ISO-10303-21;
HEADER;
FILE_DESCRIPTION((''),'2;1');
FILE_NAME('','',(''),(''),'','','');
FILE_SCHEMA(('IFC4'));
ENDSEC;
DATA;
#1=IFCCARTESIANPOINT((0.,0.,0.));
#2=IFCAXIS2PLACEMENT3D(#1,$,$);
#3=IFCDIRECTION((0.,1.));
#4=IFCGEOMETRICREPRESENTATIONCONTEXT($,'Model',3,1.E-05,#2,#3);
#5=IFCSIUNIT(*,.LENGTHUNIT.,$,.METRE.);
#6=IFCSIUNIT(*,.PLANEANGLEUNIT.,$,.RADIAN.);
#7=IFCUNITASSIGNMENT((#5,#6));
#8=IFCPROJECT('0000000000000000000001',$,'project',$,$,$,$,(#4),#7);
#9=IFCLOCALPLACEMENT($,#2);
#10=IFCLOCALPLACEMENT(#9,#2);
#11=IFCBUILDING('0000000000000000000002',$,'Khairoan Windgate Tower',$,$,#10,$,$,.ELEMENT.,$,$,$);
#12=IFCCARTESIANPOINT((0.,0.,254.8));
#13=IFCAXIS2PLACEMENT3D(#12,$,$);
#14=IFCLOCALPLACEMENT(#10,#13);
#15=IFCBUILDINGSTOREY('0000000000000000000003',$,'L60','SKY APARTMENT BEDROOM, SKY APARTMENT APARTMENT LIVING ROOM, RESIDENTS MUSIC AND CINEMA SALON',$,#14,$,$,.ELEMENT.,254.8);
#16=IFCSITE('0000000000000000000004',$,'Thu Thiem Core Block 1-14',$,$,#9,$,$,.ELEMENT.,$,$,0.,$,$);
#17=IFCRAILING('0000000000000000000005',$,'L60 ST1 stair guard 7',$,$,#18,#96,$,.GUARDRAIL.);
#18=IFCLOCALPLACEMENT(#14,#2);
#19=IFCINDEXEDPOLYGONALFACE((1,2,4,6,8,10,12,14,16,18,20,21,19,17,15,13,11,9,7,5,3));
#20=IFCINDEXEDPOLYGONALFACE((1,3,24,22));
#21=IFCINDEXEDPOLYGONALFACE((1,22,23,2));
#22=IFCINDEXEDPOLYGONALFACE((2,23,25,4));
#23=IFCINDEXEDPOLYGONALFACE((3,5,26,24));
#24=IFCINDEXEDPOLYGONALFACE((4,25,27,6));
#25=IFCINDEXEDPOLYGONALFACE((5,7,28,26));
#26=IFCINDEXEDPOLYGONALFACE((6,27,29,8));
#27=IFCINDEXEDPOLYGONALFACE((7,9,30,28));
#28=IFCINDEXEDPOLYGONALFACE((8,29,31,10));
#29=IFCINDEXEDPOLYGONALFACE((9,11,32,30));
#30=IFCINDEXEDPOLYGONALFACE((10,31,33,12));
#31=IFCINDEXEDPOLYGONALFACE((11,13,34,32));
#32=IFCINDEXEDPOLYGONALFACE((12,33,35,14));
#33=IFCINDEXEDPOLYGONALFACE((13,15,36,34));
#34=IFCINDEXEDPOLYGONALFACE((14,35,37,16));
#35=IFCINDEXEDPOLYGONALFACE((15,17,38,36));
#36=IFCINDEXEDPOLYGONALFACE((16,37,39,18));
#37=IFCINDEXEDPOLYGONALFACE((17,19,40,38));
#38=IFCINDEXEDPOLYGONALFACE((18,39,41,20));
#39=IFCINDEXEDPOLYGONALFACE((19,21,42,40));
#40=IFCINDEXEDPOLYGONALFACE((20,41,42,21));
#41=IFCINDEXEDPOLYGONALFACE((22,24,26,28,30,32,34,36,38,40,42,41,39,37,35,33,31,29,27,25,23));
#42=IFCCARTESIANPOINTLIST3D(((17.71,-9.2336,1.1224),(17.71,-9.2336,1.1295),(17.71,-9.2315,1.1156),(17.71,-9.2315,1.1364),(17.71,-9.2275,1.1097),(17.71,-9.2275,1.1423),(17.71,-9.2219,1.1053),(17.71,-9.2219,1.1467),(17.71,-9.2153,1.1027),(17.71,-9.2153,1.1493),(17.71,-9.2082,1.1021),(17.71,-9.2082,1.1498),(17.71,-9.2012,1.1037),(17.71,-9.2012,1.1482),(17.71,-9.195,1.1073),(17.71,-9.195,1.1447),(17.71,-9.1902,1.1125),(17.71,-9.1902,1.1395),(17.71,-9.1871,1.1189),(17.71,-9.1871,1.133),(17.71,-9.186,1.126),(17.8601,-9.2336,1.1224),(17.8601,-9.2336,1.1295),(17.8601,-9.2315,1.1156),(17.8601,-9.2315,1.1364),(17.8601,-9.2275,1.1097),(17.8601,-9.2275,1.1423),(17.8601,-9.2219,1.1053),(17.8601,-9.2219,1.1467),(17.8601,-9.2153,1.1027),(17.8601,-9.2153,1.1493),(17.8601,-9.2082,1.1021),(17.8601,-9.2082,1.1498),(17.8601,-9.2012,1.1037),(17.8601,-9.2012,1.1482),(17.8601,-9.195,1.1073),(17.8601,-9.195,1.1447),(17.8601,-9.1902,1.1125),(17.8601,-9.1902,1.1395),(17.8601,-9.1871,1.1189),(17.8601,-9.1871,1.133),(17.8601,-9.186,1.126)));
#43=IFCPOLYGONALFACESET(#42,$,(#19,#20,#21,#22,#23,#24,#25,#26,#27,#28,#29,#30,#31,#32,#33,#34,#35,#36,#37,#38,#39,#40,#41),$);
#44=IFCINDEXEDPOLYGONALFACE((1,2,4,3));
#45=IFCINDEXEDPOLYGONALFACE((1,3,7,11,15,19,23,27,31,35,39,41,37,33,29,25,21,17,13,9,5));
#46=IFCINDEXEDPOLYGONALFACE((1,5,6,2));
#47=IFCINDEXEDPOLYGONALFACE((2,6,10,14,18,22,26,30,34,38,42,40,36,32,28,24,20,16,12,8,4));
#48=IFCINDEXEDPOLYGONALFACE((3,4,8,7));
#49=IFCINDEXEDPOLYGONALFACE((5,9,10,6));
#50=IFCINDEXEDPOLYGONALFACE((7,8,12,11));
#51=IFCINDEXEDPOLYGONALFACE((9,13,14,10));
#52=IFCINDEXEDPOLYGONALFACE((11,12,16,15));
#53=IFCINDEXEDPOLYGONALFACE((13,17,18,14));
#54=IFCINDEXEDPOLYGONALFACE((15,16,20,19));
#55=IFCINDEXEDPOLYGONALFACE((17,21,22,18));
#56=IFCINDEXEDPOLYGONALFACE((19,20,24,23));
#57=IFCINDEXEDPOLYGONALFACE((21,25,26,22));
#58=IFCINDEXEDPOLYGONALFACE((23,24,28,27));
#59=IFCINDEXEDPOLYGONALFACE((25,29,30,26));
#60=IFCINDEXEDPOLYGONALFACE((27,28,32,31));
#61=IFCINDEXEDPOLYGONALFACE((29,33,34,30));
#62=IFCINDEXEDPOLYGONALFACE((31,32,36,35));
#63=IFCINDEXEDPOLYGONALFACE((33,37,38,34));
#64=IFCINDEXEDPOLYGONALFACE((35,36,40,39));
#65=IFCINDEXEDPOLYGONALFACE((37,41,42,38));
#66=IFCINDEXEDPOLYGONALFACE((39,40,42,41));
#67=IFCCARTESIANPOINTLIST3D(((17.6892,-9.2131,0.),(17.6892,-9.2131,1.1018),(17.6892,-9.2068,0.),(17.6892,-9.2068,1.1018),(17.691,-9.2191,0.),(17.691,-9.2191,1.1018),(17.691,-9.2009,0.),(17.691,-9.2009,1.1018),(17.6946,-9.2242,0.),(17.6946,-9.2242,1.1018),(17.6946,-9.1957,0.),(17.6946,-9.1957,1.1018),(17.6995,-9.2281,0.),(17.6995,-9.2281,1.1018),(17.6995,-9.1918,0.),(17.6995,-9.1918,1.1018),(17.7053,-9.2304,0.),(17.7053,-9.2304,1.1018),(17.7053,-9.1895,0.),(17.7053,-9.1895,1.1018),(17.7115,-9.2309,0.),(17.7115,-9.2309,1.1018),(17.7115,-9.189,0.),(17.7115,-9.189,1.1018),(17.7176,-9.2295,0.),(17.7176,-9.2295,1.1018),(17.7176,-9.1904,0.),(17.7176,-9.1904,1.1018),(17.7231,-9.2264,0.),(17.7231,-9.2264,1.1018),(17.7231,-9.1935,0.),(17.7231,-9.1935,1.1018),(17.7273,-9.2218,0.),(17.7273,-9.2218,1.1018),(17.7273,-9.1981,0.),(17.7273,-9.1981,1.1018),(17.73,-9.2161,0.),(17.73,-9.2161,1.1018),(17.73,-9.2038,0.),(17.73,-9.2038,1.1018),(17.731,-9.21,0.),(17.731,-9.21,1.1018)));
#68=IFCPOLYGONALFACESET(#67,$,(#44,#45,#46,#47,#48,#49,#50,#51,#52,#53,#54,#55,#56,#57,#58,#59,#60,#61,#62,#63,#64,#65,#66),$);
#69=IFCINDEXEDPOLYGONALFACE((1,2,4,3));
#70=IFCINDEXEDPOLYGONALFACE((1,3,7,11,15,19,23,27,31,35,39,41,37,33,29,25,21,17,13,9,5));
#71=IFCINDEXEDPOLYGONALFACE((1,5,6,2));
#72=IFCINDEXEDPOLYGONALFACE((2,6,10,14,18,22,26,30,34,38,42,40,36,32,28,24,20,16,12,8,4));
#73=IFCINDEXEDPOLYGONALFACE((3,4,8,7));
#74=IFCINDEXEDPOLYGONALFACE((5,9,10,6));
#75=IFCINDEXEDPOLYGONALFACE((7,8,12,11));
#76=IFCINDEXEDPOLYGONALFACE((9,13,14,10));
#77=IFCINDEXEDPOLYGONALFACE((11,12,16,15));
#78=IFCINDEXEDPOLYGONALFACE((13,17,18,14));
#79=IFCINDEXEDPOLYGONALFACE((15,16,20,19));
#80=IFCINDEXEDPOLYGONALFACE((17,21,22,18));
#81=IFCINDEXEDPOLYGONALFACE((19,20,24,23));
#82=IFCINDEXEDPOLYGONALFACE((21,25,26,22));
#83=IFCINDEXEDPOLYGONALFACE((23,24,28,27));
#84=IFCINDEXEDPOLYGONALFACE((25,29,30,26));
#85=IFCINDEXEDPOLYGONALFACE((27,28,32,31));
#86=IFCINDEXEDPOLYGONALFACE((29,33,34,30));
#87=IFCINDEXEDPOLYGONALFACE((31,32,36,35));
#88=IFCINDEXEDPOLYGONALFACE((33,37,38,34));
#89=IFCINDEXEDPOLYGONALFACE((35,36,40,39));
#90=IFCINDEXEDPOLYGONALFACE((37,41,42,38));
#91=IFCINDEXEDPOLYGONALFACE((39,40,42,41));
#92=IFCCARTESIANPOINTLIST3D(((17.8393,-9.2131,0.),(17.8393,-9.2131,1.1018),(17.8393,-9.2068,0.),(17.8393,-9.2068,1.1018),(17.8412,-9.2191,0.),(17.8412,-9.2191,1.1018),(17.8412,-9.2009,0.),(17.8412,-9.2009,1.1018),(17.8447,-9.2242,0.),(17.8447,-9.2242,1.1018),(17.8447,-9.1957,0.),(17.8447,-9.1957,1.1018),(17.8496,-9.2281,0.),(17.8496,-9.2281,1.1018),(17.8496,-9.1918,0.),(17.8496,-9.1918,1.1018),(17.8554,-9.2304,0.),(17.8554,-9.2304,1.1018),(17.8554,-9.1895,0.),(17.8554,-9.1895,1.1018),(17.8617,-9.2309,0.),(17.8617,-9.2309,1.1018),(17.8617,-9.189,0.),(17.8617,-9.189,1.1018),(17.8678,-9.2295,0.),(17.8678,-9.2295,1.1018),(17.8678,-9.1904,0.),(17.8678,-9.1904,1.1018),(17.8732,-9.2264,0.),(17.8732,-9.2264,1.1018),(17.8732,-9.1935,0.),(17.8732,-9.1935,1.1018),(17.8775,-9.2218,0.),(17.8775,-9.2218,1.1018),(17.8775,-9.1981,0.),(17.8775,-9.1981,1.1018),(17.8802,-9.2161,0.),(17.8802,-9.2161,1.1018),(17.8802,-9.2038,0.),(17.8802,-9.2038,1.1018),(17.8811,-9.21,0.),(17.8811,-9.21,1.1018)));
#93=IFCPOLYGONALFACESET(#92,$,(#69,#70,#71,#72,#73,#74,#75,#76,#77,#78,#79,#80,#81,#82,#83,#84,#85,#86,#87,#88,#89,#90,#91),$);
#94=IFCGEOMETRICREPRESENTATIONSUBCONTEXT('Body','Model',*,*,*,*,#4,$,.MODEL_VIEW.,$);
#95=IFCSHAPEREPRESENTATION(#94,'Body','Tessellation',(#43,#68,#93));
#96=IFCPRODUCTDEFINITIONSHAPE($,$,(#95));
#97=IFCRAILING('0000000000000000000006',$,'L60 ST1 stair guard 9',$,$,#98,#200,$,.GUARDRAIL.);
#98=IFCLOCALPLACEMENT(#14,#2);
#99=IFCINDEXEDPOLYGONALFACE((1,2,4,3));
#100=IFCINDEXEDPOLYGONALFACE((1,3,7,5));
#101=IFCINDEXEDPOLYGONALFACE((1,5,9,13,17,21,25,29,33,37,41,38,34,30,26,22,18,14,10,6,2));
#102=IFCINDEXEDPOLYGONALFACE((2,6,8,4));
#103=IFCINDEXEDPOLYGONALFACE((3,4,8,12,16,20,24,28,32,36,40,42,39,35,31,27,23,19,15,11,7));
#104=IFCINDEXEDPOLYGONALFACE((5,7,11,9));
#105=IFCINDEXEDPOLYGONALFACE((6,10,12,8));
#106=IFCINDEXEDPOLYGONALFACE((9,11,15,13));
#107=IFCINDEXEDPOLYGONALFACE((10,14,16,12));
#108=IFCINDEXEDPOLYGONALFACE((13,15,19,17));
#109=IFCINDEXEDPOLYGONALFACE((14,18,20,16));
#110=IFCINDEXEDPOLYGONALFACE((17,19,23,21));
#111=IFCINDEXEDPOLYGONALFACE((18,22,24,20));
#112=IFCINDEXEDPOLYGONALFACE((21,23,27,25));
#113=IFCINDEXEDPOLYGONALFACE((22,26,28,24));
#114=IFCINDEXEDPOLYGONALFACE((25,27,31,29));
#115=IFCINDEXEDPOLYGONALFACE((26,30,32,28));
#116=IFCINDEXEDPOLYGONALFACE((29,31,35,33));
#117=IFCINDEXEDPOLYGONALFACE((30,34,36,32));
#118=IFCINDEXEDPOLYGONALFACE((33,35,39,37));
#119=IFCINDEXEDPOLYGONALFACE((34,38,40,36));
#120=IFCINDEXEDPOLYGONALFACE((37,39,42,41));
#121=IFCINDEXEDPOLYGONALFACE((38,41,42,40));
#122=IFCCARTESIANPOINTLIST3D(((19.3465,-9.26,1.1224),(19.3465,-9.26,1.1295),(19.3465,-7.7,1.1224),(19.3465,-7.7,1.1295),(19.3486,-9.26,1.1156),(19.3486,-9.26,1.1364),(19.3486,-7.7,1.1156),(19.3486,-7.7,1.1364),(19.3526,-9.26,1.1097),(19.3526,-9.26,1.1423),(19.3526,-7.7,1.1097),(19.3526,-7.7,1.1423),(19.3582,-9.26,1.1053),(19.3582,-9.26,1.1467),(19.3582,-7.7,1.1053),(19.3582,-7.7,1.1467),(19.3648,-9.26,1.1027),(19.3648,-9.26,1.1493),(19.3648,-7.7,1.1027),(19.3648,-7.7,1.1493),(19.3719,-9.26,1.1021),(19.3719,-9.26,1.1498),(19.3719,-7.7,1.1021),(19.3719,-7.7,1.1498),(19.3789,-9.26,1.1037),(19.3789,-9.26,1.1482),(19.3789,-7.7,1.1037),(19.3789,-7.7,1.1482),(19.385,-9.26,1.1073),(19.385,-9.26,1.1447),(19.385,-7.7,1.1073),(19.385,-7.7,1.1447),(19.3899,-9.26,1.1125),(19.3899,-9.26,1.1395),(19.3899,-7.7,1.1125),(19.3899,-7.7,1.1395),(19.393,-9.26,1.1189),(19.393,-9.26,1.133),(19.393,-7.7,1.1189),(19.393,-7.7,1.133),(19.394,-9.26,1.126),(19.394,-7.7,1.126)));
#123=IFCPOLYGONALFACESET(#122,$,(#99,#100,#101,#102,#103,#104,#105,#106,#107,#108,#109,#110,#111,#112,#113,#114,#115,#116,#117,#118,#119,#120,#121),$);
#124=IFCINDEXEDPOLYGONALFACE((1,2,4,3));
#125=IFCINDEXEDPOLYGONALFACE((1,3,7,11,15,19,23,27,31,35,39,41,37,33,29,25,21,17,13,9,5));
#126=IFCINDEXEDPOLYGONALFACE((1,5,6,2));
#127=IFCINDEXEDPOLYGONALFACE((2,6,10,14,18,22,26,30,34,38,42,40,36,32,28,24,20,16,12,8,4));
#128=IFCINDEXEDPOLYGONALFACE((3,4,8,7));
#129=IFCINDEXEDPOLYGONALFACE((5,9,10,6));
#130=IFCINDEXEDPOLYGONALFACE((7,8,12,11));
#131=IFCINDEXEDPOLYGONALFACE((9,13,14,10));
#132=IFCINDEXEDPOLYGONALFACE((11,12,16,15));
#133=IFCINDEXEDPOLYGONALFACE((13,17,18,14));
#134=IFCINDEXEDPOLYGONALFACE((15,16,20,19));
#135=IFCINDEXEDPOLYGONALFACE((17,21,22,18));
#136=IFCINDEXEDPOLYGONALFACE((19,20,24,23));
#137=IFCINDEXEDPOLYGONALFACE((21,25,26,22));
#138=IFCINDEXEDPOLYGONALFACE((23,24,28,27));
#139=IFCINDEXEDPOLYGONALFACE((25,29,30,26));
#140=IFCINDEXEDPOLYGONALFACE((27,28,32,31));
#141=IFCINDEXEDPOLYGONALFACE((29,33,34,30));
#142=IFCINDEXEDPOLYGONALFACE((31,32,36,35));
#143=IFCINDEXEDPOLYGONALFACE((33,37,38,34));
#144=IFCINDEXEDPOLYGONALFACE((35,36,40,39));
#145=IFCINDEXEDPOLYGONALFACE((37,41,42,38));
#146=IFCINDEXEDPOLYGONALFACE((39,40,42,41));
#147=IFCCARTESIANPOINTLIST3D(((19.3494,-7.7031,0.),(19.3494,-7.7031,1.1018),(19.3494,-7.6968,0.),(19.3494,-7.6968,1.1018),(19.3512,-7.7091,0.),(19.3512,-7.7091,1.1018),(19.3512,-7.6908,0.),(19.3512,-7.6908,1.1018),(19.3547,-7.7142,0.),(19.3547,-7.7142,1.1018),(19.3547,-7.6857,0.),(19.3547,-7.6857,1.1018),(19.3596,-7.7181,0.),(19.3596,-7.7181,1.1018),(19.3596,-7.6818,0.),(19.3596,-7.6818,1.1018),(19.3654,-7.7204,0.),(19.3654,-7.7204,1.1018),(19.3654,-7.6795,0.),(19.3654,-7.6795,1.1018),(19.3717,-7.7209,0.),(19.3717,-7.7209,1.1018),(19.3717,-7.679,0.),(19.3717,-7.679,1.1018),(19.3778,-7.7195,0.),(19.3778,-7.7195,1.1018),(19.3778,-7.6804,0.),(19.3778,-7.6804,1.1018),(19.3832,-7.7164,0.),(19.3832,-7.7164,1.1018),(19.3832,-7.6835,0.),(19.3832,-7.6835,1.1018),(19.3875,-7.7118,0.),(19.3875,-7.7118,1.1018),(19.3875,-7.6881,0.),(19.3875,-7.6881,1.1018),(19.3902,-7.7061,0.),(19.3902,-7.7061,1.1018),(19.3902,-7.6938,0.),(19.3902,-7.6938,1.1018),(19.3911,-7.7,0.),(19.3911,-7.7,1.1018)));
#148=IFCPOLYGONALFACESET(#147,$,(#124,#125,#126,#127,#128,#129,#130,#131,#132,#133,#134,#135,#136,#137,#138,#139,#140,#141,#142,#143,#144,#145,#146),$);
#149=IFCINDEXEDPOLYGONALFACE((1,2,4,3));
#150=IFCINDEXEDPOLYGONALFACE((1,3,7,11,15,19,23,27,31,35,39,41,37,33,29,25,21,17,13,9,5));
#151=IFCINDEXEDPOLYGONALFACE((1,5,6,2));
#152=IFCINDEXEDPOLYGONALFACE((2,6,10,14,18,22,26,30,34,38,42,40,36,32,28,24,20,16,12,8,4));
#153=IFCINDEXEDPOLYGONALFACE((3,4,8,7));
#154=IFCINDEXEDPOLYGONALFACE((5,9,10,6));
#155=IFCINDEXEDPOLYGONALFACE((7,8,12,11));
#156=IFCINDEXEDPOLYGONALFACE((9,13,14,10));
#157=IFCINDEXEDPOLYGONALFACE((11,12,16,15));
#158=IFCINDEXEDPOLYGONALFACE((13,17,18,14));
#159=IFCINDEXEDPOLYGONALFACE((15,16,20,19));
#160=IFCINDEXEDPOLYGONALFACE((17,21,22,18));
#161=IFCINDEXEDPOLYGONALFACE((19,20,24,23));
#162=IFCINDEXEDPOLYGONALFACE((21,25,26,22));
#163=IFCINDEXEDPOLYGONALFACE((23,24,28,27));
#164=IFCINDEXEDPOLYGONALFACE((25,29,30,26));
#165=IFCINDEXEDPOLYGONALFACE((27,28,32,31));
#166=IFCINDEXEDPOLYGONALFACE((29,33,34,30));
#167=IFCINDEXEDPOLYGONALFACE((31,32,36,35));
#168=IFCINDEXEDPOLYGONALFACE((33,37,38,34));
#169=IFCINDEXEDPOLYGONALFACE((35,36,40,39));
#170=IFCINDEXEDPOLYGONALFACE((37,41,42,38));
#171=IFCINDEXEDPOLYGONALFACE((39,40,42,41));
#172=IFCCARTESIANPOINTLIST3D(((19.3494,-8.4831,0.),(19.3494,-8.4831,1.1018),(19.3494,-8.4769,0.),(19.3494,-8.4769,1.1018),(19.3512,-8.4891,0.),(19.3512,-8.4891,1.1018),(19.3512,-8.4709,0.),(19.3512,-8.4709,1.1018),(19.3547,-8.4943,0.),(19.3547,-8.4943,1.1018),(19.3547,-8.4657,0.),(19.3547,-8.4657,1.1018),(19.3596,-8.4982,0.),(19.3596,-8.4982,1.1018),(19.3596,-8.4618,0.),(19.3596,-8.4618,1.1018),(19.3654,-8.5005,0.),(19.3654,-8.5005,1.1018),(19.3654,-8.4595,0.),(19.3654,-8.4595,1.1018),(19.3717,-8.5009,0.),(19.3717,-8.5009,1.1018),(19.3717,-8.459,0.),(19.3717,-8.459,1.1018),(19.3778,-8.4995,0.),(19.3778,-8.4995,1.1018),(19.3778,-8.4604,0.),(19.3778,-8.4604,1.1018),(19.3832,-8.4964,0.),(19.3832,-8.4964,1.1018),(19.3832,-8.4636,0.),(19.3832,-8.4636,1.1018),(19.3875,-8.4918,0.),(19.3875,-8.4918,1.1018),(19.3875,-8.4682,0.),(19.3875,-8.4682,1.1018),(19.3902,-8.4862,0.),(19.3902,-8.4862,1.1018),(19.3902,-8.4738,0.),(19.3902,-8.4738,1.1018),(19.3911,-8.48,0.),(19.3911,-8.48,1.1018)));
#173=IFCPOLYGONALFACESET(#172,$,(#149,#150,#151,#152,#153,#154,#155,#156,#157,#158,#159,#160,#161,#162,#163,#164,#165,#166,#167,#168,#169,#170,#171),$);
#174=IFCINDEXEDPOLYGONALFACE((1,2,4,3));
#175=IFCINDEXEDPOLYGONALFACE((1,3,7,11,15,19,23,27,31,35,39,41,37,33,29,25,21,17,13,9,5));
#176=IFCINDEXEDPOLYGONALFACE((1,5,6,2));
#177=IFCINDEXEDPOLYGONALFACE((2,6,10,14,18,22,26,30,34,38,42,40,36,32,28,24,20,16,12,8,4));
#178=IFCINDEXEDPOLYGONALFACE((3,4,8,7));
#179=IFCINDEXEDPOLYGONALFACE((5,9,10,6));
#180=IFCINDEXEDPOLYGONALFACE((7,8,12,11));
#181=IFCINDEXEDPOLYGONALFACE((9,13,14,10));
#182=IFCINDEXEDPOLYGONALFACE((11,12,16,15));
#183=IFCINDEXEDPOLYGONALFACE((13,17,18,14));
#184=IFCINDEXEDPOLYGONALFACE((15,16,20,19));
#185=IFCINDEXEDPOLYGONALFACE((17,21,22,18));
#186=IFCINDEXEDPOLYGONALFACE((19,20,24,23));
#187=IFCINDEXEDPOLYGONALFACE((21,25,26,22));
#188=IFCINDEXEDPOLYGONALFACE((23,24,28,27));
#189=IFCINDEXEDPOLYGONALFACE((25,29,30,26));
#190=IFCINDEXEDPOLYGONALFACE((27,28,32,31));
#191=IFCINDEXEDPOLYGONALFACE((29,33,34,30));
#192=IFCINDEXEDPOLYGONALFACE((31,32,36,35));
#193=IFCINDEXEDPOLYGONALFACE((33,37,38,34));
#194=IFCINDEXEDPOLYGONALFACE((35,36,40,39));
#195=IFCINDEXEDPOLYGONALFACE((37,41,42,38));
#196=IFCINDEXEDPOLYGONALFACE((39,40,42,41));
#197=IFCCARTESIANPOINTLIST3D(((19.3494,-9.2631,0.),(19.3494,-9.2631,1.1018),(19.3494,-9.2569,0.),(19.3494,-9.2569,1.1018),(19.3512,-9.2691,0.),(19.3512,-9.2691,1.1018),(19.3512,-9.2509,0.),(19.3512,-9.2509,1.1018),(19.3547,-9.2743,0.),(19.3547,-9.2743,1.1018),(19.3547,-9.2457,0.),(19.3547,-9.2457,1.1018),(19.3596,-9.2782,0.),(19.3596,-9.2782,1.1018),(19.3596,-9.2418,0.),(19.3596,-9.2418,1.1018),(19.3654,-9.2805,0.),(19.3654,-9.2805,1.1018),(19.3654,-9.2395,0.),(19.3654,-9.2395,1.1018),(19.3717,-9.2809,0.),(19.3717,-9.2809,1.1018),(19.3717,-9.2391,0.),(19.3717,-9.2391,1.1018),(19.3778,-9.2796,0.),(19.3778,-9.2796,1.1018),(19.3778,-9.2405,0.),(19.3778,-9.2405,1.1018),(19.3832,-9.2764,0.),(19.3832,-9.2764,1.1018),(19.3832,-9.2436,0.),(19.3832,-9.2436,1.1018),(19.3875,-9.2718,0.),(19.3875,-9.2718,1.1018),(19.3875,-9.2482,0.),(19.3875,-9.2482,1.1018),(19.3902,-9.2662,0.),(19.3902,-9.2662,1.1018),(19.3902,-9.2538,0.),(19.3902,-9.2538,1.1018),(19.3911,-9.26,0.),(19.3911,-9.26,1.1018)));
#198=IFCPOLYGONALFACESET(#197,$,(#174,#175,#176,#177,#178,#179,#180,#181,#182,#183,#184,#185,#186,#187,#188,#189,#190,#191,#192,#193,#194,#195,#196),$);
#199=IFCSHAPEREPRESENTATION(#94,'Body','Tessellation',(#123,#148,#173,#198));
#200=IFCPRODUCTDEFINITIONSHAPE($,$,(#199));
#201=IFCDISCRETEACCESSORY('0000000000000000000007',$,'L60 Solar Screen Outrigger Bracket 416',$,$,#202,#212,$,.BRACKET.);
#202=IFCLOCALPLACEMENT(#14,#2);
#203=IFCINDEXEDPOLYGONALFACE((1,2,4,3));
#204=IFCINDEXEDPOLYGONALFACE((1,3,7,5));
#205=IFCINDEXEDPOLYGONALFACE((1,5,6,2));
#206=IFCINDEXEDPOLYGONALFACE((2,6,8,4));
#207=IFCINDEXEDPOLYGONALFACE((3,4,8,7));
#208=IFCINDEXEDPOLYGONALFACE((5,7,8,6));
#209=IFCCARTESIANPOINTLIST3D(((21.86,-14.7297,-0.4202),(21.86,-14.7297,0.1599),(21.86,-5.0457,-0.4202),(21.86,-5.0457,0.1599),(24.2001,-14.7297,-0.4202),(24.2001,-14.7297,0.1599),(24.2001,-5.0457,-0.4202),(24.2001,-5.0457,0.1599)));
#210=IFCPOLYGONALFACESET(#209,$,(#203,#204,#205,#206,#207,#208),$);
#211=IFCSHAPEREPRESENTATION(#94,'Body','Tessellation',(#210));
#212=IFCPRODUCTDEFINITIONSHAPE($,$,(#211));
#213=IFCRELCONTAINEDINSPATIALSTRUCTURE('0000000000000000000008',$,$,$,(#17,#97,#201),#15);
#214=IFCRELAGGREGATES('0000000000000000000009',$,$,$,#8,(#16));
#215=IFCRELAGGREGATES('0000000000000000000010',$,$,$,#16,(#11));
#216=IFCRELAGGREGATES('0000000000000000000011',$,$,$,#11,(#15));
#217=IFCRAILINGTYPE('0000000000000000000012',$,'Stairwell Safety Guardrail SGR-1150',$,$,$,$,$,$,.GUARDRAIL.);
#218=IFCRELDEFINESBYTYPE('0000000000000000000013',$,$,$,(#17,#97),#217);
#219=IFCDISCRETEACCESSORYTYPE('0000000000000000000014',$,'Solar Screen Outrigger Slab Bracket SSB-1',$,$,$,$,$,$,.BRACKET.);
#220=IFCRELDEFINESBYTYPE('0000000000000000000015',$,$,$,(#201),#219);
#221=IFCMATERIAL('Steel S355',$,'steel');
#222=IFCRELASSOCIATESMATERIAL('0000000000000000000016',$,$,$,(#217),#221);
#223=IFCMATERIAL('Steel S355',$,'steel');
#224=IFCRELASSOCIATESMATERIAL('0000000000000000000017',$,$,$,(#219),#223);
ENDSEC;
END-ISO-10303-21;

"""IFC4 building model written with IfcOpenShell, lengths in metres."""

from ifc_helpers import new_model, si_unit, direction, frame, origin, origin_2d, place, context, subcontext, project, spatial, rectangle, circle, extrude, material, type_object, element, save


model = new_model("IFC4")

# Units and contexts
model_context = context("Model", 3, precision=1e-05, world=origin(), true_north=direction((0.0, 1.0)))
body_context = subcontext(model_context, "Body", "Model", "MODEL_VIEW")
ifc_project = project(units=[si_unit("LENGTHUNIT", "METRE"), si_unit("PLANEANGLEUNIT", "RADIAN")], contexts=[model_context])

# Site, building, storey
site_placement = place(None, origin())
site = spatial("IfcSite", under=ifc_project, at=site_placement, Name="Thu Thiem Core Block 1-14", CompositionType="ELEMENT", RefElevation=0.0)
building_placement = place(site_placement, origin())
building = spatial("IfcBuilding", under=site, at=building_placement, Name="Khairoan Windgate Tower", CompositionType="ELEMENT")
storey_placement = place(building_placement, frame((0.0, 0.0, 254.8)))
storey = spatial("IfcBuildingStorey", under=building, at=storey_placement, Name="L60", Description="SKY APARTMENT BEDROOM, SKY APARTMENT APARTMENT LIVING ROOM, RESIDENTS MUSIC AND CINEMA SALON", CompositionType="ELEMENT", Elevation=254.8)

# Railings
ifc_material_1 = material(Name="Steel S355", Category="steel")
railing_type_1 = type_object("IfcRailingType", Name="Stairwell Safety Guardrail SGR-1150", PredefinedType="GUARDRAIL", material=ifc_material_1)
railing_1_placement = place(storey_placement, frame((17.71, -9.21, 0.0)))
element("IfcRailing", 1, at=railing_1_placement, inside=storey, type_object=railing_type_1, Name="L60 ST1 stair guard 7", PredefinedType="GUARDRAIL", context=body_context, shape_type="SweptSolid", body=[
    extrude(circle(Radius=0.0239, at=origin_2d()), frame((0.0, 0.0, 1.126), z_axis=(1.0, 0.0, 0.0), x_axis=(0.0, 1.0, 0.0)), (0.0, 0.0, 1.0), 0.1501),
    extrude(circle(Radius=0.021, at=origin_2d()), origin(), (0.0, 0.0, 1.0), 1.1018),
    extrude(circle(Radius=0.021, at=origin_2d()), frame((0.1501, 0.0, 0.0)), (0.0, 0.0, 1.0), 1.1018),
])
railing_2_placement = place(storey_placement, frame((19.3701, -7.7, 0.0)))
element("IfcRailing", 2, at=railing_2_placement, inside=storey, type_object=railing_type_1, Name="L60 ST1 stair guard 9", PredefinedType="GUARDRAIL", context=body_context, shape_type="SweptSolid", body=[
    extrude(circle(Radius=0.0239, at=origin_2d()), frame((0.0, 0.0, 1.126), z_axis=(0.0, -1.0, 0.0), x_axis=(1.0, 0.0, 0.0)), (0.0, 0.0, 1.0), 1.5601),
    extrude(circle(Radius=0.021, at=origin_2d()), origin(), (0.0, 0.0, 1.0), 1.1018),
    extrude(circle(Radius=0.021, at=origin_2d()), frame((0.0, -0.78, 0.0)), (0.0, 0.0, 1.0), 1.1018),
    extrude(circle(Radius=0.021, at=origin_2d()), frame((0.0, -1.5601, 0.0)), (0.0, 0.0, 1.0), 1.1018),
])

# Discrete accessory
ifc_material_2 = material(Name="Steel S355", Category="steel")
discrete_accessory_type = type_object("IfcDiscreteAccessoryType", Name="Solar Screen Outrigger Slab Bracket SSB-1", PredefinedType="BRACKET", material=ifc_material_2)
discrete_accessory_placement = place(storey_placement, frame((23.03, -9.8877, -0.4202), z_axis=(0.0, 0.0, 1.0), x_axis=(0.0, -1.0, 0.0)))
element("IfcDiscreteAccessory", 3, at=discrete_accessory_placement, inside=storey, type_object=discrete_accessory_type, Name="L60 Solar Screen Outrigger Bracket 416", PredefinedType="BRACKET", context=body_context, shape_type="SweptSolid", body=[
    extrude(rectangle(XDim=9.6841, YDim=2.3401, at=origin_2d()), origin(), (0.0, 0.0, 1.0), 0.5801),
])

save(model, "model.ifc")
